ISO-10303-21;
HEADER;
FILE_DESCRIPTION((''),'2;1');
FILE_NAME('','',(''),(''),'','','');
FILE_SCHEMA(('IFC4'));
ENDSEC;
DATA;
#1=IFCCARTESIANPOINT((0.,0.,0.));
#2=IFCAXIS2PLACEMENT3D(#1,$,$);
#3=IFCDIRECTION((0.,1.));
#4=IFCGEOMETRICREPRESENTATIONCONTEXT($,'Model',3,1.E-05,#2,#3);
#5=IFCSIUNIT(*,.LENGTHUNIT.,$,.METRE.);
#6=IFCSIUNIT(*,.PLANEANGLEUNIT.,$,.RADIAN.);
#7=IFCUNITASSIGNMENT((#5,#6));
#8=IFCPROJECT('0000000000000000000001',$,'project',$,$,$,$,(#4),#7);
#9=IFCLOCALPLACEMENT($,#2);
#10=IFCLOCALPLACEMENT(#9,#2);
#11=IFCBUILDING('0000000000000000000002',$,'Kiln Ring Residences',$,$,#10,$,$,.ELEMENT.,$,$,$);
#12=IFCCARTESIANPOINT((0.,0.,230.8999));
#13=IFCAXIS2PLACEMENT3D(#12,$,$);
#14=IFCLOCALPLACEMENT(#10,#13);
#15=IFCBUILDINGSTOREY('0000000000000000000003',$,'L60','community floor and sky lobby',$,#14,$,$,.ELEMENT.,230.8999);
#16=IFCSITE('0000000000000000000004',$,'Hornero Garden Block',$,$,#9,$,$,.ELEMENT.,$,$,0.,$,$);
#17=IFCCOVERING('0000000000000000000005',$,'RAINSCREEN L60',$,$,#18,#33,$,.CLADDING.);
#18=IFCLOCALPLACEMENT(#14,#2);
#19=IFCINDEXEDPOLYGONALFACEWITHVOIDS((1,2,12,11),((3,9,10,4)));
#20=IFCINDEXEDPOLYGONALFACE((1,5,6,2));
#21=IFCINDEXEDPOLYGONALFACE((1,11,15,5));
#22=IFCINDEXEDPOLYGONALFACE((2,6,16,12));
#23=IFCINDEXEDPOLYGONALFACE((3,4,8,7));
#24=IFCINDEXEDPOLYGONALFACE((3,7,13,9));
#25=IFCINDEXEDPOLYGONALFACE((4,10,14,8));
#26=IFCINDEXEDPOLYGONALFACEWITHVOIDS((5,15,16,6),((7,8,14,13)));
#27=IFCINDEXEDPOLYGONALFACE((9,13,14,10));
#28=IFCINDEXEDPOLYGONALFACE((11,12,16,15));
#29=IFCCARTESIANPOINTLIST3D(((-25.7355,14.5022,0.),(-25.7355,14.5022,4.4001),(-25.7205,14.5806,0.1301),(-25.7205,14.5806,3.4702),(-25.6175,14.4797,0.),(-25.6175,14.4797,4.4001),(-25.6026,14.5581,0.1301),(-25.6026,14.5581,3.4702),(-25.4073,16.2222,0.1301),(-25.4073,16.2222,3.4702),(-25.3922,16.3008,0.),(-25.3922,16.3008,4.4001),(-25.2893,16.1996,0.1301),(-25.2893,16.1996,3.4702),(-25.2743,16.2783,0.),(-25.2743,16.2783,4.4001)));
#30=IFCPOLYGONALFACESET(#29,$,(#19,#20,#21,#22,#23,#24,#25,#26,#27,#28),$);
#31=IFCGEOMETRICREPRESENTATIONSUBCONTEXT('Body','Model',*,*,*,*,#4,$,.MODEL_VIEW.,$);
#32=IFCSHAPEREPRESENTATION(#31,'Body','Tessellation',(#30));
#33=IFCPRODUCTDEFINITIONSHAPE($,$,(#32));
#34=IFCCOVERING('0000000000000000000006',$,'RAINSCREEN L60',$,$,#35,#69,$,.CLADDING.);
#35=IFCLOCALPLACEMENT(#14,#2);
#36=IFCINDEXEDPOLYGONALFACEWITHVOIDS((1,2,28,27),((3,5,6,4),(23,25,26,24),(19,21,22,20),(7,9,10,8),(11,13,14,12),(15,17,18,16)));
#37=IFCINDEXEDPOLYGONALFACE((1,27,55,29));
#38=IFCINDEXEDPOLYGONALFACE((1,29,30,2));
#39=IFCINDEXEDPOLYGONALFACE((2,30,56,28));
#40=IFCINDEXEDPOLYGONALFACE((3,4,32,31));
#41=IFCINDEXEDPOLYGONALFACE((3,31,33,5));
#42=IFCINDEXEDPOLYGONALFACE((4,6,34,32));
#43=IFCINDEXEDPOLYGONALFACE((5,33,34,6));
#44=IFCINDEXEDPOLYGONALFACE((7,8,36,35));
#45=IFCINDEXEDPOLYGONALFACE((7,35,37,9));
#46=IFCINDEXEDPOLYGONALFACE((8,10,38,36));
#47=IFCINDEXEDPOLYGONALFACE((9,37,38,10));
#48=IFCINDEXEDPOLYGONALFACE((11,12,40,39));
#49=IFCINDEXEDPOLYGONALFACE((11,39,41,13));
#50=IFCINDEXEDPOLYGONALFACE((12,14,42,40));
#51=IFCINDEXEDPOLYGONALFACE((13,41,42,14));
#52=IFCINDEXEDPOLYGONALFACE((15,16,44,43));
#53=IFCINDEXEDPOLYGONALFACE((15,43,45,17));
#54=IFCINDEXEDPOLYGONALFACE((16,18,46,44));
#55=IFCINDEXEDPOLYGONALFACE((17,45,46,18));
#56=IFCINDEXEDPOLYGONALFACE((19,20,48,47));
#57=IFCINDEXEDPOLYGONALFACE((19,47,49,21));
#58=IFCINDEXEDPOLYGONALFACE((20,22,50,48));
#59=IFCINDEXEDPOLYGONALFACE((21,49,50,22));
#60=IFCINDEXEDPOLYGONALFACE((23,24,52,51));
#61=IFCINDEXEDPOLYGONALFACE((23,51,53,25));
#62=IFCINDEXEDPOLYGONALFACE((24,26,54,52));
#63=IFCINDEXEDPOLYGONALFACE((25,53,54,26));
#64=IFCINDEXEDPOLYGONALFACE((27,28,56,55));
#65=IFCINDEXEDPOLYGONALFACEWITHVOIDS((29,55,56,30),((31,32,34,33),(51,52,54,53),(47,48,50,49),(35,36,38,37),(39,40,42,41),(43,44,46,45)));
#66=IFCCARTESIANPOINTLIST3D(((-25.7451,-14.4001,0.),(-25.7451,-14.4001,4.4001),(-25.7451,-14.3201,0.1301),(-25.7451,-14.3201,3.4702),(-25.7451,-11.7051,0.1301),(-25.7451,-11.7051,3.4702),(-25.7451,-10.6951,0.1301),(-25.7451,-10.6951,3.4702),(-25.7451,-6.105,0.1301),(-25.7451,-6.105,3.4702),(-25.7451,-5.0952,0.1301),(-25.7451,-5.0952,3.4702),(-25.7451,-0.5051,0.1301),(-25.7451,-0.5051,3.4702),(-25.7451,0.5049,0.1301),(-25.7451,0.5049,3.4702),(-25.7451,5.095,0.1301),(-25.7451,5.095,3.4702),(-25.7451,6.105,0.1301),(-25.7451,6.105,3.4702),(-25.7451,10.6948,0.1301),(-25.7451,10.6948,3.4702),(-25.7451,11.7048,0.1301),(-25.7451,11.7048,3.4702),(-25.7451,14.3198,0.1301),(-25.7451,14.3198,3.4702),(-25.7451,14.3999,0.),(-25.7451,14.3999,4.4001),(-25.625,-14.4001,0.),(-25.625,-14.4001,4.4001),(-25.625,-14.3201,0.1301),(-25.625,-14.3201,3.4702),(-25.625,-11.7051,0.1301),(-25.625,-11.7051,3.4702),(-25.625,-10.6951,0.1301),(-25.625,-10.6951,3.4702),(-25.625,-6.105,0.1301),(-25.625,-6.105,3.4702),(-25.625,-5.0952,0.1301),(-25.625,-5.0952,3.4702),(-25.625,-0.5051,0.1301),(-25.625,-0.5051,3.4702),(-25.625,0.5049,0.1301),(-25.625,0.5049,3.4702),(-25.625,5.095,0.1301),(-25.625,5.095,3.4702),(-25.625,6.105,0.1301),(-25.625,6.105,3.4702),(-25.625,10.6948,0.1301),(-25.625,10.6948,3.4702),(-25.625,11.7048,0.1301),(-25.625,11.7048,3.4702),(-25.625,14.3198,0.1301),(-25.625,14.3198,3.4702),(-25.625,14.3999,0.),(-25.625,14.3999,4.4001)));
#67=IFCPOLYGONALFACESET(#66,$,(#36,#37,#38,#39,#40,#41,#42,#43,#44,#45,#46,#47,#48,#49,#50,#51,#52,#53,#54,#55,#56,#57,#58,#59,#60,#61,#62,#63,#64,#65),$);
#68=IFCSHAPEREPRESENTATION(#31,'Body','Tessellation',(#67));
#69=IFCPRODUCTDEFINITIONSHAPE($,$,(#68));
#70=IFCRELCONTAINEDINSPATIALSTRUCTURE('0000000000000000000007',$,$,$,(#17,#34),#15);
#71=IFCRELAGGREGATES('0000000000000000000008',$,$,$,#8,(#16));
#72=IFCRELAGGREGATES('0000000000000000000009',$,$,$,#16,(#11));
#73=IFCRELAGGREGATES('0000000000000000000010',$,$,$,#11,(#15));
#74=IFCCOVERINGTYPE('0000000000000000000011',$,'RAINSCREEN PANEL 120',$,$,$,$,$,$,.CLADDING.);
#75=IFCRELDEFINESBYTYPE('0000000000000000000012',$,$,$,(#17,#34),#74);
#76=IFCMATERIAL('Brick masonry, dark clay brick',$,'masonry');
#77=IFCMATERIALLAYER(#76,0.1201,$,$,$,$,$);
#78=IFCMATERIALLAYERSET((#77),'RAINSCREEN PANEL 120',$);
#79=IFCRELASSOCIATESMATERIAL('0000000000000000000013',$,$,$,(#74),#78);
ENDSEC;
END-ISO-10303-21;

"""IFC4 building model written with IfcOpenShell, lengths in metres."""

from ifc_helpers import new_model, si_unit, direction, frame, origin, place, context, subcontext, project, spatial, polyline, outline, extrude, material, layer, layer_set, type_object, element, save


model = new_model("IFC4")

# Units and contexts
model_context = context("Model", 3, precision=1e-05, world=origin(), true_north=direction((0.0, 1.0)))
body_context = subcontext(model_context, "Body", "Model", "MODEL_VIEW")
ifc_project = project(units=[si_unit("LENGTHUNIT", "METRE"), si_unit("PLANEANGLEUNIT", "RADIAN")], contexts=[model_context])

# Site, building, storey
site_placement = place(None, origin())
site = spatial("IfcSite", under=ifc_project, at=site_placement, Name="Hornero Garden Block", CompositionType="ELEMENT", RefElevation=0.0)
building_placement = place(site_placement, origin())
building = spatial("IfcBuilding", under=site, at=building_placement, Name="Kiln Ring Residences", CompositionType="ELEMENT")
storey_placement = place(building_placement, frame((0.0, 0.0, 230.8999)))
storey = spatial("IfcBuildingStorey", under=building, at=storey_placement, Name="L60", Description="community floor and sky lobby", CompositionType="ELEMENT", Elevation=230.8999)

# Coverings
ifc_material_1 = material(Name="Brick masonry, dark clay brick", Category="masonry")
ifc_layer_1 = layer(ifc_material_1, 0.1201)
ifc_layer_set_1 = layer_set([ifc_layer_1], Name="RAINSCREEN PANEL 120")
covering_type = type_object("IfcCoveringType", Name="RAINSCREEN PANEL 120", PredefinedType="CLADDING", material=ifc_layer_set_1)
covering_1_placement = place(storey_placement, frame((-25.3333, 16.2896, 0.0), z_axis=(0.0, 0.0, 1.0), x_axis=(-0.187467, -0.982271, 0.0)))
element("IfcCovering", 1, at=covering_1_placement, inside=storey, type_object=covering_type, Name="RAINSCREEN L60", PredefinedType="CLADDING", context=body_context, shape_type="SweptSolid", body=[
    extrude(outline(polyline([(0.0, 0.0), (1.8311, 0.0), (1.8311, 4.4001), (0.0, 4.4001), (0.0, 0.0)]), holes=[polyline([(0.0801, 3.4702), (0.0801, 0.1301), (1.7512, 0.1301), (1.7512, 3.4702), (0.0801, 3.4702)])]), frame((0.0, 0.0601, 0.0), z_axis=(0.0, -1.0, 0.0), x_axis=(1.0, 0.0, 0.0)), (0.0, 0.0, 1.0), 0.1201),
])
covering_2_placement = place(storey_placement, frame((-25.6851, 14.3999, 0.0), z_axis=(0.0, 0.0, 1.0), x_axis=(0.0, -1.0, 0.0)))
element("IfcCovering", 2, at=covering_2_placement, inside=storey, type_object=covering_type, Name="RAINSCREEN L60", PredefinedType="CLADDING", context=body_context, shape_type="SweptSolid", body=[
    extrude(outline(polyline([(0.0, 0.0), (28.8, 0.0), (28.8, 4.4001), (0.0, 4.4001), (0.0, 0.0)]), holes=[polyline([(2.6951, 0.1301), (2.6951, 3.4702), (0.0801, 3.4702), (0.0801, 0.1301), (2.6951, 0.1301)]), polyline([(3.7051, 0.1301), (8.2949, 0.1301), (8.2949, 3.4702), (3.7051, 3.4702), (3.7051, 0.1301)]), polyline([(9.3049, 0.1301), (13.895, 0.1301), (13.895, 3.4702), (9.3049, 3.4702), (9.3049, 0.1301)]), polyline([(19.4951, 0.1301), (19.4951, 3.4702), (14.905, 3.4702), (14.905, 0.1301), (19.4951, 0.1301)]), polyline([(20.5049, 0.1301), (25.095, 0.1301), (25.095, 3.4702), (20.5049, 3.4702), (20.5049, 0.1301)]), polyline([(26.105, 0.1301), (28.72, 0.1301), (28.72, 3.4702), (26.105, 3.4702), (26.105, 0.1301)])]), frame((0.0, 0.0601, 0.0), z_axis=(0.0, -1.0, 0.0), x_axis=(1.0, 0.0, 0.0)), (0.0, 0.0, 1.0), 0.1201),
])

save(model, "model.ifc")
